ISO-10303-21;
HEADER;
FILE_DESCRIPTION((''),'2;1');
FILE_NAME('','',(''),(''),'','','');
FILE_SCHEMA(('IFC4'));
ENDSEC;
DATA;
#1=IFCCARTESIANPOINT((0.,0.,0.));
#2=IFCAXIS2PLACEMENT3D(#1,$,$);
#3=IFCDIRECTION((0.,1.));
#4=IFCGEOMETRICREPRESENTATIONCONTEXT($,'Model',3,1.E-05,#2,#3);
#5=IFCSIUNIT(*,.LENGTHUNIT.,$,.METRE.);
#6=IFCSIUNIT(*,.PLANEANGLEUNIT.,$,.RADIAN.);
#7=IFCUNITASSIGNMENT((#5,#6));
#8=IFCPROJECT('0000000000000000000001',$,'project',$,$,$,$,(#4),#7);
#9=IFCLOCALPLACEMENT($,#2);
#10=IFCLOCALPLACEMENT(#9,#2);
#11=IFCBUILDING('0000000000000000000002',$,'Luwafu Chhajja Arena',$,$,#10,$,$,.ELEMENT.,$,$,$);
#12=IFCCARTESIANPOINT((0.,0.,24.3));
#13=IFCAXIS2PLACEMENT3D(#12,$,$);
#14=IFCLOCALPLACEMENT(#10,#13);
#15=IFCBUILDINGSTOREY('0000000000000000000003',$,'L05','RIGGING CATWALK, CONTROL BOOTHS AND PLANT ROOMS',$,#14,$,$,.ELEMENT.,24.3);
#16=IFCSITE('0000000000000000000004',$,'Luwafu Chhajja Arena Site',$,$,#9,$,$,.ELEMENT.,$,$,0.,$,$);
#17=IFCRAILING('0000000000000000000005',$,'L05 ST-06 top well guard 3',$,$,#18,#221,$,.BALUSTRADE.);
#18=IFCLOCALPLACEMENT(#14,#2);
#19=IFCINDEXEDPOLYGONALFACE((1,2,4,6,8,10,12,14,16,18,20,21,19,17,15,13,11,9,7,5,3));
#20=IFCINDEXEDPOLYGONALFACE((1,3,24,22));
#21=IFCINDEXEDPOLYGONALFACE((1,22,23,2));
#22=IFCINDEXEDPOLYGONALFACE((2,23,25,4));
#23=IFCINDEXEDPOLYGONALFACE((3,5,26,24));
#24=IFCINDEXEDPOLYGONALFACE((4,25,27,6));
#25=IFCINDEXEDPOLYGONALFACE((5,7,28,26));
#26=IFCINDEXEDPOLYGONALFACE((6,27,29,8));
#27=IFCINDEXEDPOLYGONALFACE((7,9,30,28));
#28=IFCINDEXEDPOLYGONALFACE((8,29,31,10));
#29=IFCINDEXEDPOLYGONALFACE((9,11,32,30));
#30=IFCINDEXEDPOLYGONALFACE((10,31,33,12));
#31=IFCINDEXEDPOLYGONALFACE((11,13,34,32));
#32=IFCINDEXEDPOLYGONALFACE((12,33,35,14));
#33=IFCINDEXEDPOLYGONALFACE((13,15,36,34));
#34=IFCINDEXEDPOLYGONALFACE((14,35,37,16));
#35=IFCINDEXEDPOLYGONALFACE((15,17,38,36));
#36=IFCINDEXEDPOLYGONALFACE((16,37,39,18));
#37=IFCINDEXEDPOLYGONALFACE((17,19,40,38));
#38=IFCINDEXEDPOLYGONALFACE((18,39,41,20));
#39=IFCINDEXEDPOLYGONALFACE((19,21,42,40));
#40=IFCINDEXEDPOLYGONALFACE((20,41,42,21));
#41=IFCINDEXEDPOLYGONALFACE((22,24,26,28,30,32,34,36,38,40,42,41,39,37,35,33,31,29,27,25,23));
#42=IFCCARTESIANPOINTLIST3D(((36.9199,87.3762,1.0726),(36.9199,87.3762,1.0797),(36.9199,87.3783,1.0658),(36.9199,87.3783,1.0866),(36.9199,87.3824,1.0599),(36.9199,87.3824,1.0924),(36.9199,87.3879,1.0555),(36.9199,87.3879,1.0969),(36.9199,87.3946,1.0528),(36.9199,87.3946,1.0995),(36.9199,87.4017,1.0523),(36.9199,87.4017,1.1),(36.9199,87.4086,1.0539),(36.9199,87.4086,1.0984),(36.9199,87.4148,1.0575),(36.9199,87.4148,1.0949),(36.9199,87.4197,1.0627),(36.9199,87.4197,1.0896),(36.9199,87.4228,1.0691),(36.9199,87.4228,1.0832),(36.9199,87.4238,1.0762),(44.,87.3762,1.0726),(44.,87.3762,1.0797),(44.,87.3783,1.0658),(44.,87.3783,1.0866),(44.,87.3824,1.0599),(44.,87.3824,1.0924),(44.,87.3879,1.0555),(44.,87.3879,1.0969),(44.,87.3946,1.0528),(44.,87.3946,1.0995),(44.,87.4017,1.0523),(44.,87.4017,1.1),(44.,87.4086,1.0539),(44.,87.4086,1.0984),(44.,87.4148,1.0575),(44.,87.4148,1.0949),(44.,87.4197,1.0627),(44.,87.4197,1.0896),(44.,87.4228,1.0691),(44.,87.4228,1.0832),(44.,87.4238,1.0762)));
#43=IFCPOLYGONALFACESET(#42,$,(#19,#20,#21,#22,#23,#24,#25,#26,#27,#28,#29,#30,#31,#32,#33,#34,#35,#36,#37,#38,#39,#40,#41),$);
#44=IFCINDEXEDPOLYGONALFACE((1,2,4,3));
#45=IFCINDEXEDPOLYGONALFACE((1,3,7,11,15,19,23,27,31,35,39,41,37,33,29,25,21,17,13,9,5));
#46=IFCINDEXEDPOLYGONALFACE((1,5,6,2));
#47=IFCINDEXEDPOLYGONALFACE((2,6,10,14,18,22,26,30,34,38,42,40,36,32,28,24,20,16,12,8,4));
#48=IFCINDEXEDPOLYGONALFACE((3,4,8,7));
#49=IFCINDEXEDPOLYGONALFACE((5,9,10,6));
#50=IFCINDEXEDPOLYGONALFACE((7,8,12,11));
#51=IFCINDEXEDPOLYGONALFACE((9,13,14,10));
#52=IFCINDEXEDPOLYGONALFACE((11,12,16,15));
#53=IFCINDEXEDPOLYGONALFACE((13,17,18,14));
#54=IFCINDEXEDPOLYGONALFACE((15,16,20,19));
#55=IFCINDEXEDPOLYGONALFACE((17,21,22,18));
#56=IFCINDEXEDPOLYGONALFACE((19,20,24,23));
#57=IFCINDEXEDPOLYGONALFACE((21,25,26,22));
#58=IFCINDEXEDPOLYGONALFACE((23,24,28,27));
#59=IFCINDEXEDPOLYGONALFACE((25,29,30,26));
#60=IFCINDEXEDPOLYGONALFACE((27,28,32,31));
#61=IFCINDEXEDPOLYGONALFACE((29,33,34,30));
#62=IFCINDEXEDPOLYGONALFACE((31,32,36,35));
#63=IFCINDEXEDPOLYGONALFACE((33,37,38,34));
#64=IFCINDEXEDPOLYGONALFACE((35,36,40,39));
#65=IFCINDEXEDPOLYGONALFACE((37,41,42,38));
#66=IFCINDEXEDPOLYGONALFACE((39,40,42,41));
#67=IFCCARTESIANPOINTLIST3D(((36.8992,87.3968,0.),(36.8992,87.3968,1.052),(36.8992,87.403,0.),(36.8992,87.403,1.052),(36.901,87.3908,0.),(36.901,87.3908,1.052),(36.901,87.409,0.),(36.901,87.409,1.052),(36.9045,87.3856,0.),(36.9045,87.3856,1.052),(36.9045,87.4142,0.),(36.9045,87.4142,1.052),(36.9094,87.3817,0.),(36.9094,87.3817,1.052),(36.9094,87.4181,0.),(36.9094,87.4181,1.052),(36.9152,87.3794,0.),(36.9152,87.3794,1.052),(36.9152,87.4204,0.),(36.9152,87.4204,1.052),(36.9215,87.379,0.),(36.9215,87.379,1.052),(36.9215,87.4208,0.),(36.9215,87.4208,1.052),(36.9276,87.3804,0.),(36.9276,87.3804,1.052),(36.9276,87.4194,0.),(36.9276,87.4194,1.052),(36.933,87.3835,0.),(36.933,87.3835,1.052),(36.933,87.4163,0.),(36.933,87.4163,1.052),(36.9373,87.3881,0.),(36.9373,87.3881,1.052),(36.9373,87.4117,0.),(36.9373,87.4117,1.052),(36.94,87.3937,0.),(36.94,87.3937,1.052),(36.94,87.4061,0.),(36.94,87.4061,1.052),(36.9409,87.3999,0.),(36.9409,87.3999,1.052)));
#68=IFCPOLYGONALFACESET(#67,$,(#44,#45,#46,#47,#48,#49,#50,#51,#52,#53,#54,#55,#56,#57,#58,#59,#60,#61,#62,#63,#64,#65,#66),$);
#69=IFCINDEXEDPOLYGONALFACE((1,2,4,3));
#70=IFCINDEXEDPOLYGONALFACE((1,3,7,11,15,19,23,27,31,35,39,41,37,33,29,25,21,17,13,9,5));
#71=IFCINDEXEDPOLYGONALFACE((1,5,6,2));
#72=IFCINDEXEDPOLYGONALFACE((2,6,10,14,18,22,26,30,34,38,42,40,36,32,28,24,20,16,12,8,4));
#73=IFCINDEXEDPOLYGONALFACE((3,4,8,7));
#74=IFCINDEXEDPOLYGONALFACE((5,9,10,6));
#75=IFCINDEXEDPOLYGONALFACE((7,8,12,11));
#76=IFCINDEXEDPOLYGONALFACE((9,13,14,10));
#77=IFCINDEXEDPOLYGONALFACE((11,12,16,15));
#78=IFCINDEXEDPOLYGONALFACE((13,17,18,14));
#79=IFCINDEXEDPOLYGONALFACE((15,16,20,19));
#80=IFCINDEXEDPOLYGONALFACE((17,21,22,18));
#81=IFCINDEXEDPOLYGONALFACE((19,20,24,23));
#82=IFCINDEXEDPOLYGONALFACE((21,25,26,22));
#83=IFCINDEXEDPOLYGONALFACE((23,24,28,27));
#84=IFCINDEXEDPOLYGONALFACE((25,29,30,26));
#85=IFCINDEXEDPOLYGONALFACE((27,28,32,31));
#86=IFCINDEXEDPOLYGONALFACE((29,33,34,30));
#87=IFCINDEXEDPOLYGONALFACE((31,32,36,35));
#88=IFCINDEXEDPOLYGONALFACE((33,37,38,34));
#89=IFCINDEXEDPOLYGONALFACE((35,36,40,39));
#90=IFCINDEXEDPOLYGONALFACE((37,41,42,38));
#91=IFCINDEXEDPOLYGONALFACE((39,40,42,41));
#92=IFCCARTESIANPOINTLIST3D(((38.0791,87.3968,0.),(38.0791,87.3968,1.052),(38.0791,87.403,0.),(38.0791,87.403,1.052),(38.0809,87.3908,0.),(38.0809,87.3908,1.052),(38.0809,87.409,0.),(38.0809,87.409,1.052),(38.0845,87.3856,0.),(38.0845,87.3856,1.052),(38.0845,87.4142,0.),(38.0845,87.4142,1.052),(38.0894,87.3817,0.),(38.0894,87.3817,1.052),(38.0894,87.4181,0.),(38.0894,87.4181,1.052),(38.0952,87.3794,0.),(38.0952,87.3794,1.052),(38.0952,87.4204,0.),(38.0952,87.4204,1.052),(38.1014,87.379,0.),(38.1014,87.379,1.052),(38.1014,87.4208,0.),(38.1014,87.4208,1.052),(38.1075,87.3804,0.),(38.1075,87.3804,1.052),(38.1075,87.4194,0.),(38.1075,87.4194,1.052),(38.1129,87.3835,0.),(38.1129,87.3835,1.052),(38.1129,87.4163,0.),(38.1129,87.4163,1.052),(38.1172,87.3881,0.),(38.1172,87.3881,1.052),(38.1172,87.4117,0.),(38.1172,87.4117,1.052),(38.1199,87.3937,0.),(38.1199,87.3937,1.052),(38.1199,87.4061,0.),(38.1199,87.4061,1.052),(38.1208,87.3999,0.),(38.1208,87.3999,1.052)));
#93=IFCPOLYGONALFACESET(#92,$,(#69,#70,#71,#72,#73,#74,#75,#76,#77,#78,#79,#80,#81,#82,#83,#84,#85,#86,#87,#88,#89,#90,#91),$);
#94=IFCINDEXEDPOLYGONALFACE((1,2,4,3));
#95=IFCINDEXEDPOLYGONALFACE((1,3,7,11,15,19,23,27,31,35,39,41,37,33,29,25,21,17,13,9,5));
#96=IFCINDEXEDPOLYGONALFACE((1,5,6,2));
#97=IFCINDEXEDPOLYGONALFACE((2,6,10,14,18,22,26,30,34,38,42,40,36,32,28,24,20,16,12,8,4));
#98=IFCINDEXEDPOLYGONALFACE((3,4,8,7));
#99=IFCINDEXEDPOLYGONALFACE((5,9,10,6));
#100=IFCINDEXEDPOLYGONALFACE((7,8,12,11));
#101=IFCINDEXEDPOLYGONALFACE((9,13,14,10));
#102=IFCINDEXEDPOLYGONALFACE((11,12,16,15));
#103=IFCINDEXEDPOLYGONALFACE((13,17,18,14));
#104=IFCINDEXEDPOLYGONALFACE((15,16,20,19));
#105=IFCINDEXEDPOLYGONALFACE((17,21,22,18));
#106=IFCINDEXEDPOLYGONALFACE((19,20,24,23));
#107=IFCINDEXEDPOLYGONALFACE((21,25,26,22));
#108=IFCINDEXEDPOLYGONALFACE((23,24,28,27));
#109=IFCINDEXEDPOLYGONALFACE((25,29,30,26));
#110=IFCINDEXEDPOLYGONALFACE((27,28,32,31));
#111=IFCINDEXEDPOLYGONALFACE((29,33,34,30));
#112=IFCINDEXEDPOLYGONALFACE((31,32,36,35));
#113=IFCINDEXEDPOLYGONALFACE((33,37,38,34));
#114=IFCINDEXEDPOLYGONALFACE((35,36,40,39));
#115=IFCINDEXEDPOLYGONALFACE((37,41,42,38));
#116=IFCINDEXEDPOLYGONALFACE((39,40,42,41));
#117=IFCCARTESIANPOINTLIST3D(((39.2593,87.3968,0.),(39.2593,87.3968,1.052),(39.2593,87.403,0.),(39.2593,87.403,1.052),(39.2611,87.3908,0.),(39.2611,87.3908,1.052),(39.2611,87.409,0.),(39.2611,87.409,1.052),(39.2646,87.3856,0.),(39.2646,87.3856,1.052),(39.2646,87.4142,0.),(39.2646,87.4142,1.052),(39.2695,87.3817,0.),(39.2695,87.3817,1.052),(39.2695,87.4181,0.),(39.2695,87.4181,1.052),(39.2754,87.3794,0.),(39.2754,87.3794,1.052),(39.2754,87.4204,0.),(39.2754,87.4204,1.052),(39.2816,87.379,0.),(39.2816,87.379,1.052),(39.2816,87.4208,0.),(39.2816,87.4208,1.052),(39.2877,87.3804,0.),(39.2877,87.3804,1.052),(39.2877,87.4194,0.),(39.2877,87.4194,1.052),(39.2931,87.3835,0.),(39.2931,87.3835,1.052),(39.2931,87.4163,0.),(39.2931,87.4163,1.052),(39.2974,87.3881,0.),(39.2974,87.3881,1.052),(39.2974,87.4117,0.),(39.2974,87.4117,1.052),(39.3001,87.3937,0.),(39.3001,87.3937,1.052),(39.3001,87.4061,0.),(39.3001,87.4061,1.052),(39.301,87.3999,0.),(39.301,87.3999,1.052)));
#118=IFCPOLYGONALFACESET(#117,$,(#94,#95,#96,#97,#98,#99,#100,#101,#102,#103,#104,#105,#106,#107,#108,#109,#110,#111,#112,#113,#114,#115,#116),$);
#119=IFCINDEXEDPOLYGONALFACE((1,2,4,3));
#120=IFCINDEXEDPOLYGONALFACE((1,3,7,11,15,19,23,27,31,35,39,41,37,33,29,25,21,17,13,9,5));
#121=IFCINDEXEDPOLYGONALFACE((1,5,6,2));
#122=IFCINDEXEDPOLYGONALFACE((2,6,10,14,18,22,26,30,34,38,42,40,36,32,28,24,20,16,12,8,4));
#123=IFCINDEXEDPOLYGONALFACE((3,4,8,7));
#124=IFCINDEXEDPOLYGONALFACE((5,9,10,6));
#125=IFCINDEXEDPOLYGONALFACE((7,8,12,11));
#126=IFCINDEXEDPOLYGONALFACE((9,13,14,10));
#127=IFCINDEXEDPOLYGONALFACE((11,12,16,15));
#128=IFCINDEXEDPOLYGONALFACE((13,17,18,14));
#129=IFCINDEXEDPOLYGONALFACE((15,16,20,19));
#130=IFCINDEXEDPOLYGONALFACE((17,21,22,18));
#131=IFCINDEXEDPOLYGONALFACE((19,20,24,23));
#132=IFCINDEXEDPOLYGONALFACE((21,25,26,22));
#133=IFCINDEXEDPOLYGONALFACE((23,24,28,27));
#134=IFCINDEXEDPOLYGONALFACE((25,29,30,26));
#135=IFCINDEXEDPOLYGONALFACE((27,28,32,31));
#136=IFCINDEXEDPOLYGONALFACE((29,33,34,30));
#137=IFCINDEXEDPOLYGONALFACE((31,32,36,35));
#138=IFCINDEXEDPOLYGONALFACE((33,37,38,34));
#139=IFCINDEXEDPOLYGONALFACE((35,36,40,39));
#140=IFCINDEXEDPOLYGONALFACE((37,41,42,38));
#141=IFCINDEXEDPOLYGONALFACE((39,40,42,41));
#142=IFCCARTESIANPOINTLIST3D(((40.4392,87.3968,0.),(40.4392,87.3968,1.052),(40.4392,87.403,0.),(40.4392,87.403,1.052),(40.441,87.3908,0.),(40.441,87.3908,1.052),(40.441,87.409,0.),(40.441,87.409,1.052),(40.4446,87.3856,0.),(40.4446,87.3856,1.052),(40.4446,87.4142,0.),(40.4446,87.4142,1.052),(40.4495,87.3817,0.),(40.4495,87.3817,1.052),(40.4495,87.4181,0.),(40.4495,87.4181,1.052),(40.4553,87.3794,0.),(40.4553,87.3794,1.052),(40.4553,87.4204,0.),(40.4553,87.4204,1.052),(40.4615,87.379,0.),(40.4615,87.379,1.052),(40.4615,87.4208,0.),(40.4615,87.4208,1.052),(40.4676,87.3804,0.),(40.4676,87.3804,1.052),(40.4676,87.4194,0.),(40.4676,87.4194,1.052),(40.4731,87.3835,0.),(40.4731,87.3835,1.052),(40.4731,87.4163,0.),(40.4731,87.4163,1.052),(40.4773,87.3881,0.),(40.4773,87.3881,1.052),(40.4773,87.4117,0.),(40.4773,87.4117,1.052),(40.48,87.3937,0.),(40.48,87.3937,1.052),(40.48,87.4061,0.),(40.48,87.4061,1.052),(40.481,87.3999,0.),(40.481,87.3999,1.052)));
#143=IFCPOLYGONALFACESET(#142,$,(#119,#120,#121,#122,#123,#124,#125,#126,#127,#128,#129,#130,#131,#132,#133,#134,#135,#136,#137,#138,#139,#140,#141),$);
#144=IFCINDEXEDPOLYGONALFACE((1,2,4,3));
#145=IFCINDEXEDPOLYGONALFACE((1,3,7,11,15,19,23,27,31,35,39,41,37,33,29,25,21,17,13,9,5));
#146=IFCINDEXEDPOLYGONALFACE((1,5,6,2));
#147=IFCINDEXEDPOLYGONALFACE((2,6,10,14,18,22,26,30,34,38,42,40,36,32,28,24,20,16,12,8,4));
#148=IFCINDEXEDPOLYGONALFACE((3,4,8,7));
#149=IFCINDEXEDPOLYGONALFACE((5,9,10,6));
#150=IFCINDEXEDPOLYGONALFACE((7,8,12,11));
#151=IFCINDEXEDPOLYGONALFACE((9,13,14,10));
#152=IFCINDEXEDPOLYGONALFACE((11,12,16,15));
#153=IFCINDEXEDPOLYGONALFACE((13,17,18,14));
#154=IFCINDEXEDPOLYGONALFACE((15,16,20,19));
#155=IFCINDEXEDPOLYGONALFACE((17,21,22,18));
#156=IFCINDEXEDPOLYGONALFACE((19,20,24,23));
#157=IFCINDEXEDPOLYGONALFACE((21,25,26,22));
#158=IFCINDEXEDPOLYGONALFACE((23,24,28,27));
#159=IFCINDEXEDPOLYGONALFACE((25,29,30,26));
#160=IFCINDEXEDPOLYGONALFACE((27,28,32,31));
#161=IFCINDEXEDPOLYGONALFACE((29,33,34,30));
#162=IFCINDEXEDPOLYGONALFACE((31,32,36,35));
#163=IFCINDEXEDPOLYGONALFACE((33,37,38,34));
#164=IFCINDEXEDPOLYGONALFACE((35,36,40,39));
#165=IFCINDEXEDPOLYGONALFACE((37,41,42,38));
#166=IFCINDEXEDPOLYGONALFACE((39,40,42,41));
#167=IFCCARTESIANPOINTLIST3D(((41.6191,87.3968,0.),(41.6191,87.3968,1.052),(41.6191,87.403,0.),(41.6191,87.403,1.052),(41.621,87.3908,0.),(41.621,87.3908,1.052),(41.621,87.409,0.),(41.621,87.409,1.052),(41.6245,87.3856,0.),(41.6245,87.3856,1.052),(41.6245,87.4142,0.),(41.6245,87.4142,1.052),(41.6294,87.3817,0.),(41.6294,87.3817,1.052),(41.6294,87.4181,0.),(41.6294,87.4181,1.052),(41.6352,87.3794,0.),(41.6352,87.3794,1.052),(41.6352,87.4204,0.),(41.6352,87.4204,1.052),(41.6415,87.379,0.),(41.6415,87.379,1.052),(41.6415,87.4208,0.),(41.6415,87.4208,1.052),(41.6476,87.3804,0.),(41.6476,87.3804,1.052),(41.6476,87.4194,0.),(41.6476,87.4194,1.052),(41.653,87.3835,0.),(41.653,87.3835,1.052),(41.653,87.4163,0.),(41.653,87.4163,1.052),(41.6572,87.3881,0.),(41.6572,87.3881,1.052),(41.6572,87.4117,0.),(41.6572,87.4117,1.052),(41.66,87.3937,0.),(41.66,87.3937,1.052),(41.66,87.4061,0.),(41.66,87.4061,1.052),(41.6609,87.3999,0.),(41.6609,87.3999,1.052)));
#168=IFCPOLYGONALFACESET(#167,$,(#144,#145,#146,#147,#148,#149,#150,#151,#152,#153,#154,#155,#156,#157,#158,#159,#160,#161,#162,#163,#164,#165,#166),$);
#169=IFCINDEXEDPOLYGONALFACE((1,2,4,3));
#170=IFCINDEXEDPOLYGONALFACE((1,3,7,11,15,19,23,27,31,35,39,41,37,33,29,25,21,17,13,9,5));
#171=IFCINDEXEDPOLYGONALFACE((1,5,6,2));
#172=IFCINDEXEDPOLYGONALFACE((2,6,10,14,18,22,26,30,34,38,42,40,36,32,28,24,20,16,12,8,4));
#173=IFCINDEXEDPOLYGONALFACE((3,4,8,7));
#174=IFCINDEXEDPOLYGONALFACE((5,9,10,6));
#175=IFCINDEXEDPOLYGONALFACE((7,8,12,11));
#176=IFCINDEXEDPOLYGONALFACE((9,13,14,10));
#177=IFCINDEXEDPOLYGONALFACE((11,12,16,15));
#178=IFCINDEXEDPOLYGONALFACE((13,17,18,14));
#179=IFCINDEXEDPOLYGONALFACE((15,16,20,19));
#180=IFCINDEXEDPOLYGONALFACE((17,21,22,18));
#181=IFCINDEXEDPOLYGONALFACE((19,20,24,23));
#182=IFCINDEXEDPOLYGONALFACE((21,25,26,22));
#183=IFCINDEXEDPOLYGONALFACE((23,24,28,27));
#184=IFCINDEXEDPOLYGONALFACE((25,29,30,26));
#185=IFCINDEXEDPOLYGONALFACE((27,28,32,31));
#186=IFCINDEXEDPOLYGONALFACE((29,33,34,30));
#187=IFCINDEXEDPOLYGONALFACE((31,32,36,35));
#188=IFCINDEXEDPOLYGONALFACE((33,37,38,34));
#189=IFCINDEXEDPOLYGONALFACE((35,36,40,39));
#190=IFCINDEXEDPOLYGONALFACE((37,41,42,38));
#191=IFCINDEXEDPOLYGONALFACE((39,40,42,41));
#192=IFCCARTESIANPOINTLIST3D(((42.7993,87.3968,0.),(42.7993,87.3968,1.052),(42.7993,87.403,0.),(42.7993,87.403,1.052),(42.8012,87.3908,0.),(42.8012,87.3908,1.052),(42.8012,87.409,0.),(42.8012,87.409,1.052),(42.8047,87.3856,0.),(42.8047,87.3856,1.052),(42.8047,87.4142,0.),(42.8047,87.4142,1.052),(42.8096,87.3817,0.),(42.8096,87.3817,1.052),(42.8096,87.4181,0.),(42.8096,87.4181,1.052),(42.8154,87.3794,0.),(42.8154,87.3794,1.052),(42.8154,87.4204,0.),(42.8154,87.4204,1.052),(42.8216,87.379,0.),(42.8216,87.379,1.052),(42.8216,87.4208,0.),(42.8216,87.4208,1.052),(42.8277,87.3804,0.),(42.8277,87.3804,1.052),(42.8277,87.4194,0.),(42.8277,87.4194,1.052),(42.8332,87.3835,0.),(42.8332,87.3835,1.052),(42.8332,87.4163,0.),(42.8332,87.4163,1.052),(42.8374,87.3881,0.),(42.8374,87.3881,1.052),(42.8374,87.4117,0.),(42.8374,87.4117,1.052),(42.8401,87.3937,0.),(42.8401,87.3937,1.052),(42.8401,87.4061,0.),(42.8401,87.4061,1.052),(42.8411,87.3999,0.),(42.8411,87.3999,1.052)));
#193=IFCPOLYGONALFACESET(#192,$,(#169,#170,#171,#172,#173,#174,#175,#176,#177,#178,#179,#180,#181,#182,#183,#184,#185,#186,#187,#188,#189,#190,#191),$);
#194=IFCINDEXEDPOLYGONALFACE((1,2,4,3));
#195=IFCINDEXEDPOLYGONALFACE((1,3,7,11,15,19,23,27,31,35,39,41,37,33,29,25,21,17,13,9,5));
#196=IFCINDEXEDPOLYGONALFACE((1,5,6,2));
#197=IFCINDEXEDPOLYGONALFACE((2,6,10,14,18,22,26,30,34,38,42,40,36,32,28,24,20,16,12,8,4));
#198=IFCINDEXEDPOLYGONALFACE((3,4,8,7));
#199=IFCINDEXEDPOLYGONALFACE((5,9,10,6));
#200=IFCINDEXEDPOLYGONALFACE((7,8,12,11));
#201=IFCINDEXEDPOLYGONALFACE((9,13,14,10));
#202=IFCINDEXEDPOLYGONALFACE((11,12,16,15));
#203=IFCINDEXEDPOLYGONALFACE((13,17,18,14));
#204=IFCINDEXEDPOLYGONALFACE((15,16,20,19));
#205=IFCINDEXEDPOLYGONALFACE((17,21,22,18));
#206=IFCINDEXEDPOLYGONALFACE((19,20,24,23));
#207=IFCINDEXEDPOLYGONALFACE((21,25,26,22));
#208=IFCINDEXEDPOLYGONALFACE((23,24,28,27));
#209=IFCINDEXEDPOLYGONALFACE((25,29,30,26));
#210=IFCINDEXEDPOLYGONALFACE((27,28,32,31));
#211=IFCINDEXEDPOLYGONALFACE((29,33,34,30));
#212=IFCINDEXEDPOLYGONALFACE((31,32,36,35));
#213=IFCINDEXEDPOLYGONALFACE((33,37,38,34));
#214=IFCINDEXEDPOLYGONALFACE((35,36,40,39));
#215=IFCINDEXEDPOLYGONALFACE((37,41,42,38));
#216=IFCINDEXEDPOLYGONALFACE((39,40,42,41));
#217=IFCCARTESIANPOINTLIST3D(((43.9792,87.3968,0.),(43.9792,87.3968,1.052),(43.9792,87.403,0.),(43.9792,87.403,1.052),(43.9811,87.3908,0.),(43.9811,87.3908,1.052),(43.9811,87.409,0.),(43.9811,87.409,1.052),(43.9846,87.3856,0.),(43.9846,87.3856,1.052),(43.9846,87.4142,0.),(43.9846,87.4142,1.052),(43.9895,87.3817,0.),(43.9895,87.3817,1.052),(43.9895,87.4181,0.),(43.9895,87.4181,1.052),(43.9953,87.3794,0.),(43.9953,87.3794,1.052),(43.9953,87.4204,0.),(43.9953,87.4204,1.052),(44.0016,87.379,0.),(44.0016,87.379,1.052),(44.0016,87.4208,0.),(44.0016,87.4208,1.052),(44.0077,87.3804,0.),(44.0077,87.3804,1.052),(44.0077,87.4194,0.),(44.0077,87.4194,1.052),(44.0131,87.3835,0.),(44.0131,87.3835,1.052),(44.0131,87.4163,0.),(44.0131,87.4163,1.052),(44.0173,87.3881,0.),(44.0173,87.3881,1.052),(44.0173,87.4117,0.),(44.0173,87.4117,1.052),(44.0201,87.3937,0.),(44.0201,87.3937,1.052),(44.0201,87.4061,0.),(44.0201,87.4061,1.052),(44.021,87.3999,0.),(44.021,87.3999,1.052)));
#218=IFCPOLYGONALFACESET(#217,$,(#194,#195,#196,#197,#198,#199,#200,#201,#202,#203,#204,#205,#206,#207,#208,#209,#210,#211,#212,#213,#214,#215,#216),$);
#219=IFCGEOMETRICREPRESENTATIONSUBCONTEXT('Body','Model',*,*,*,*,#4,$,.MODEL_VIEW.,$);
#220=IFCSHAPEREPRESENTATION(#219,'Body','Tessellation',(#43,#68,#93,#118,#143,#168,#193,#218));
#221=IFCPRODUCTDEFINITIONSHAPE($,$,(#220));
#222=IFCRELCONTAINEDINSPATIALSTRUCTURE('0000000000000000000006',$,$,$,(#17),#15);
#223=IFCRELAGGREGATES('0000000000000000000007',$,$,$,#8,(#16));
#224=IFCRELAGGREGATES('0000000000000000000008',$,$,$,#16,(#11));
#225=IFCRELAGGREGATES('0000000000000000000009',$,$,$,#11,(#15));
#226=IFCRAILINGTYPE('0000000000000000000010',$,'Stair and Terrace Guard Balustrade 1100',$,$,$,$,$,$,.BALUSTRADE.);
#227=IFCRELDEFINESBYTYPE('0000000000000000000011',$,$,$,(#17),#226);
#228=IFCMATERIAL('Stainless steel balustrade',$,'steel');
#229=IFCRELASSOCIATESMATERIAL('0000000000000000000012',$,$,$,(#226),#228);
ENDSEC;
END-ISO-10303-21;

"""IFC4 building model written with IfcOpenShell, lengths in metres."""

from ifc_helpers import new_model, si_unit, direction, frame, origin, origin_2d, place, context, subcontext, project, spatial, circle, extrude, material, type_object, element, save


model = new_model("IFC4")

# Units and contexts
model_context = context("Model", 3, precision=1e-05, world=origin(), true_north=direction((0.0, 1.0)))
body_context = subcontext(model_context, "Body", "Model", "MODEL_VIEW")
ifc_project = project(units=[si_unit("LENGTHUNIT", "METRE"), si_unit("PLANEANGLEUNIT", "RADIAN")], contexts=[model_context])

# Site, building, storey
site_placement = place(None, origin())
site = spatial("IfcSite", under=ifc_project, at=site_placement, Name="Luwafu Chhajja Arena Site", CompositionType="ELEMENT", RefElevation=0.0)
building_placement = place(site_placement, origin())
building = spatial("IfcBuilding", under=site, at=building_placement, Name="Luwafu Chhajja Arena", CompositionType="ELEMENT")
storey_placement = place(building_placement, frame((0.0, 0.0, 24.3)))
storey = spatial("IfcBuildingStorey", under=building, at=storey_placement, Name="L05", Description="RIGGING CATWALK, CONTROL BOOTHS AND PLANT ROOMS", CompositionType="ELEMENT", Elevation=24.3)

# Railing
ifc_material_1 = material(Name="Stainless steel balustrade", Category="steel")
railing_type = type_object("IfcRailingType", Name="Stair and Terrace Guard Balustrade 1100", PredefinedType="BALUSTRADE", material=ifc_material_1)
railing_1_placement = place(storey_placement, frame((36.9199, 87.3999, 0.0)))
element("IfcRailing", 1, at=railing_1_placement, inside=storey, type_object=railing_type, Name="L05 ST-06 top well guard 3", PredefinedType="BALUSTRADE", context=body_context, shape_type="SweptSolid", body=[
    extrude(circle(Radius=0.0239, at=origin_2d()), frame((0.0, 0.0, 1.0762), z_axis=(1.0, 0.0, 0.0), x_axis=(0.0, 1.0, 0.0)), (0.0, 0.0, 1.0), 7.0801),
    extrude(circle(Radius=0.021, at=origin_2d()), origin(), (0.0, 0.0, 1.0), 1.052),
    extrude(circle(Radius=0.021, at=origin_2d()), frame((1.1799, 0.0, 0.0)), (0.0, 0.0, 1.0), 1.052),
    extrude(circle(Radius=0.021, at=origin_2d()), frame((2.3601, 0.0, 0.0)), (0.0, 0.0, 1.0), 1.052),
    extrude(circle(Radius=0.021, at=origin_2d()), frame((3.54, 0.0, 0.0)), (0.0, 0.0, 1.0), 1.052),
    extrude(circle(Radius=0.021, at=origin_2d()), frame((4.72, 0.0, 0.0)), (0.0, 0.0, 1.0), 1.052),
    extrude(circle(Radius=0.021, at=origin_2d()), frame((5.9001, 0.0, 0.0)), (0.0, 0.0, 1.0), 1.052),
    extrude(circle(Radius=0.021, at=origin_2d()), frame((7.0801, 0.0, 0.0)), (0.0, 0.0, 1.0), 1.052),
])

save(model, "model.ifc")
